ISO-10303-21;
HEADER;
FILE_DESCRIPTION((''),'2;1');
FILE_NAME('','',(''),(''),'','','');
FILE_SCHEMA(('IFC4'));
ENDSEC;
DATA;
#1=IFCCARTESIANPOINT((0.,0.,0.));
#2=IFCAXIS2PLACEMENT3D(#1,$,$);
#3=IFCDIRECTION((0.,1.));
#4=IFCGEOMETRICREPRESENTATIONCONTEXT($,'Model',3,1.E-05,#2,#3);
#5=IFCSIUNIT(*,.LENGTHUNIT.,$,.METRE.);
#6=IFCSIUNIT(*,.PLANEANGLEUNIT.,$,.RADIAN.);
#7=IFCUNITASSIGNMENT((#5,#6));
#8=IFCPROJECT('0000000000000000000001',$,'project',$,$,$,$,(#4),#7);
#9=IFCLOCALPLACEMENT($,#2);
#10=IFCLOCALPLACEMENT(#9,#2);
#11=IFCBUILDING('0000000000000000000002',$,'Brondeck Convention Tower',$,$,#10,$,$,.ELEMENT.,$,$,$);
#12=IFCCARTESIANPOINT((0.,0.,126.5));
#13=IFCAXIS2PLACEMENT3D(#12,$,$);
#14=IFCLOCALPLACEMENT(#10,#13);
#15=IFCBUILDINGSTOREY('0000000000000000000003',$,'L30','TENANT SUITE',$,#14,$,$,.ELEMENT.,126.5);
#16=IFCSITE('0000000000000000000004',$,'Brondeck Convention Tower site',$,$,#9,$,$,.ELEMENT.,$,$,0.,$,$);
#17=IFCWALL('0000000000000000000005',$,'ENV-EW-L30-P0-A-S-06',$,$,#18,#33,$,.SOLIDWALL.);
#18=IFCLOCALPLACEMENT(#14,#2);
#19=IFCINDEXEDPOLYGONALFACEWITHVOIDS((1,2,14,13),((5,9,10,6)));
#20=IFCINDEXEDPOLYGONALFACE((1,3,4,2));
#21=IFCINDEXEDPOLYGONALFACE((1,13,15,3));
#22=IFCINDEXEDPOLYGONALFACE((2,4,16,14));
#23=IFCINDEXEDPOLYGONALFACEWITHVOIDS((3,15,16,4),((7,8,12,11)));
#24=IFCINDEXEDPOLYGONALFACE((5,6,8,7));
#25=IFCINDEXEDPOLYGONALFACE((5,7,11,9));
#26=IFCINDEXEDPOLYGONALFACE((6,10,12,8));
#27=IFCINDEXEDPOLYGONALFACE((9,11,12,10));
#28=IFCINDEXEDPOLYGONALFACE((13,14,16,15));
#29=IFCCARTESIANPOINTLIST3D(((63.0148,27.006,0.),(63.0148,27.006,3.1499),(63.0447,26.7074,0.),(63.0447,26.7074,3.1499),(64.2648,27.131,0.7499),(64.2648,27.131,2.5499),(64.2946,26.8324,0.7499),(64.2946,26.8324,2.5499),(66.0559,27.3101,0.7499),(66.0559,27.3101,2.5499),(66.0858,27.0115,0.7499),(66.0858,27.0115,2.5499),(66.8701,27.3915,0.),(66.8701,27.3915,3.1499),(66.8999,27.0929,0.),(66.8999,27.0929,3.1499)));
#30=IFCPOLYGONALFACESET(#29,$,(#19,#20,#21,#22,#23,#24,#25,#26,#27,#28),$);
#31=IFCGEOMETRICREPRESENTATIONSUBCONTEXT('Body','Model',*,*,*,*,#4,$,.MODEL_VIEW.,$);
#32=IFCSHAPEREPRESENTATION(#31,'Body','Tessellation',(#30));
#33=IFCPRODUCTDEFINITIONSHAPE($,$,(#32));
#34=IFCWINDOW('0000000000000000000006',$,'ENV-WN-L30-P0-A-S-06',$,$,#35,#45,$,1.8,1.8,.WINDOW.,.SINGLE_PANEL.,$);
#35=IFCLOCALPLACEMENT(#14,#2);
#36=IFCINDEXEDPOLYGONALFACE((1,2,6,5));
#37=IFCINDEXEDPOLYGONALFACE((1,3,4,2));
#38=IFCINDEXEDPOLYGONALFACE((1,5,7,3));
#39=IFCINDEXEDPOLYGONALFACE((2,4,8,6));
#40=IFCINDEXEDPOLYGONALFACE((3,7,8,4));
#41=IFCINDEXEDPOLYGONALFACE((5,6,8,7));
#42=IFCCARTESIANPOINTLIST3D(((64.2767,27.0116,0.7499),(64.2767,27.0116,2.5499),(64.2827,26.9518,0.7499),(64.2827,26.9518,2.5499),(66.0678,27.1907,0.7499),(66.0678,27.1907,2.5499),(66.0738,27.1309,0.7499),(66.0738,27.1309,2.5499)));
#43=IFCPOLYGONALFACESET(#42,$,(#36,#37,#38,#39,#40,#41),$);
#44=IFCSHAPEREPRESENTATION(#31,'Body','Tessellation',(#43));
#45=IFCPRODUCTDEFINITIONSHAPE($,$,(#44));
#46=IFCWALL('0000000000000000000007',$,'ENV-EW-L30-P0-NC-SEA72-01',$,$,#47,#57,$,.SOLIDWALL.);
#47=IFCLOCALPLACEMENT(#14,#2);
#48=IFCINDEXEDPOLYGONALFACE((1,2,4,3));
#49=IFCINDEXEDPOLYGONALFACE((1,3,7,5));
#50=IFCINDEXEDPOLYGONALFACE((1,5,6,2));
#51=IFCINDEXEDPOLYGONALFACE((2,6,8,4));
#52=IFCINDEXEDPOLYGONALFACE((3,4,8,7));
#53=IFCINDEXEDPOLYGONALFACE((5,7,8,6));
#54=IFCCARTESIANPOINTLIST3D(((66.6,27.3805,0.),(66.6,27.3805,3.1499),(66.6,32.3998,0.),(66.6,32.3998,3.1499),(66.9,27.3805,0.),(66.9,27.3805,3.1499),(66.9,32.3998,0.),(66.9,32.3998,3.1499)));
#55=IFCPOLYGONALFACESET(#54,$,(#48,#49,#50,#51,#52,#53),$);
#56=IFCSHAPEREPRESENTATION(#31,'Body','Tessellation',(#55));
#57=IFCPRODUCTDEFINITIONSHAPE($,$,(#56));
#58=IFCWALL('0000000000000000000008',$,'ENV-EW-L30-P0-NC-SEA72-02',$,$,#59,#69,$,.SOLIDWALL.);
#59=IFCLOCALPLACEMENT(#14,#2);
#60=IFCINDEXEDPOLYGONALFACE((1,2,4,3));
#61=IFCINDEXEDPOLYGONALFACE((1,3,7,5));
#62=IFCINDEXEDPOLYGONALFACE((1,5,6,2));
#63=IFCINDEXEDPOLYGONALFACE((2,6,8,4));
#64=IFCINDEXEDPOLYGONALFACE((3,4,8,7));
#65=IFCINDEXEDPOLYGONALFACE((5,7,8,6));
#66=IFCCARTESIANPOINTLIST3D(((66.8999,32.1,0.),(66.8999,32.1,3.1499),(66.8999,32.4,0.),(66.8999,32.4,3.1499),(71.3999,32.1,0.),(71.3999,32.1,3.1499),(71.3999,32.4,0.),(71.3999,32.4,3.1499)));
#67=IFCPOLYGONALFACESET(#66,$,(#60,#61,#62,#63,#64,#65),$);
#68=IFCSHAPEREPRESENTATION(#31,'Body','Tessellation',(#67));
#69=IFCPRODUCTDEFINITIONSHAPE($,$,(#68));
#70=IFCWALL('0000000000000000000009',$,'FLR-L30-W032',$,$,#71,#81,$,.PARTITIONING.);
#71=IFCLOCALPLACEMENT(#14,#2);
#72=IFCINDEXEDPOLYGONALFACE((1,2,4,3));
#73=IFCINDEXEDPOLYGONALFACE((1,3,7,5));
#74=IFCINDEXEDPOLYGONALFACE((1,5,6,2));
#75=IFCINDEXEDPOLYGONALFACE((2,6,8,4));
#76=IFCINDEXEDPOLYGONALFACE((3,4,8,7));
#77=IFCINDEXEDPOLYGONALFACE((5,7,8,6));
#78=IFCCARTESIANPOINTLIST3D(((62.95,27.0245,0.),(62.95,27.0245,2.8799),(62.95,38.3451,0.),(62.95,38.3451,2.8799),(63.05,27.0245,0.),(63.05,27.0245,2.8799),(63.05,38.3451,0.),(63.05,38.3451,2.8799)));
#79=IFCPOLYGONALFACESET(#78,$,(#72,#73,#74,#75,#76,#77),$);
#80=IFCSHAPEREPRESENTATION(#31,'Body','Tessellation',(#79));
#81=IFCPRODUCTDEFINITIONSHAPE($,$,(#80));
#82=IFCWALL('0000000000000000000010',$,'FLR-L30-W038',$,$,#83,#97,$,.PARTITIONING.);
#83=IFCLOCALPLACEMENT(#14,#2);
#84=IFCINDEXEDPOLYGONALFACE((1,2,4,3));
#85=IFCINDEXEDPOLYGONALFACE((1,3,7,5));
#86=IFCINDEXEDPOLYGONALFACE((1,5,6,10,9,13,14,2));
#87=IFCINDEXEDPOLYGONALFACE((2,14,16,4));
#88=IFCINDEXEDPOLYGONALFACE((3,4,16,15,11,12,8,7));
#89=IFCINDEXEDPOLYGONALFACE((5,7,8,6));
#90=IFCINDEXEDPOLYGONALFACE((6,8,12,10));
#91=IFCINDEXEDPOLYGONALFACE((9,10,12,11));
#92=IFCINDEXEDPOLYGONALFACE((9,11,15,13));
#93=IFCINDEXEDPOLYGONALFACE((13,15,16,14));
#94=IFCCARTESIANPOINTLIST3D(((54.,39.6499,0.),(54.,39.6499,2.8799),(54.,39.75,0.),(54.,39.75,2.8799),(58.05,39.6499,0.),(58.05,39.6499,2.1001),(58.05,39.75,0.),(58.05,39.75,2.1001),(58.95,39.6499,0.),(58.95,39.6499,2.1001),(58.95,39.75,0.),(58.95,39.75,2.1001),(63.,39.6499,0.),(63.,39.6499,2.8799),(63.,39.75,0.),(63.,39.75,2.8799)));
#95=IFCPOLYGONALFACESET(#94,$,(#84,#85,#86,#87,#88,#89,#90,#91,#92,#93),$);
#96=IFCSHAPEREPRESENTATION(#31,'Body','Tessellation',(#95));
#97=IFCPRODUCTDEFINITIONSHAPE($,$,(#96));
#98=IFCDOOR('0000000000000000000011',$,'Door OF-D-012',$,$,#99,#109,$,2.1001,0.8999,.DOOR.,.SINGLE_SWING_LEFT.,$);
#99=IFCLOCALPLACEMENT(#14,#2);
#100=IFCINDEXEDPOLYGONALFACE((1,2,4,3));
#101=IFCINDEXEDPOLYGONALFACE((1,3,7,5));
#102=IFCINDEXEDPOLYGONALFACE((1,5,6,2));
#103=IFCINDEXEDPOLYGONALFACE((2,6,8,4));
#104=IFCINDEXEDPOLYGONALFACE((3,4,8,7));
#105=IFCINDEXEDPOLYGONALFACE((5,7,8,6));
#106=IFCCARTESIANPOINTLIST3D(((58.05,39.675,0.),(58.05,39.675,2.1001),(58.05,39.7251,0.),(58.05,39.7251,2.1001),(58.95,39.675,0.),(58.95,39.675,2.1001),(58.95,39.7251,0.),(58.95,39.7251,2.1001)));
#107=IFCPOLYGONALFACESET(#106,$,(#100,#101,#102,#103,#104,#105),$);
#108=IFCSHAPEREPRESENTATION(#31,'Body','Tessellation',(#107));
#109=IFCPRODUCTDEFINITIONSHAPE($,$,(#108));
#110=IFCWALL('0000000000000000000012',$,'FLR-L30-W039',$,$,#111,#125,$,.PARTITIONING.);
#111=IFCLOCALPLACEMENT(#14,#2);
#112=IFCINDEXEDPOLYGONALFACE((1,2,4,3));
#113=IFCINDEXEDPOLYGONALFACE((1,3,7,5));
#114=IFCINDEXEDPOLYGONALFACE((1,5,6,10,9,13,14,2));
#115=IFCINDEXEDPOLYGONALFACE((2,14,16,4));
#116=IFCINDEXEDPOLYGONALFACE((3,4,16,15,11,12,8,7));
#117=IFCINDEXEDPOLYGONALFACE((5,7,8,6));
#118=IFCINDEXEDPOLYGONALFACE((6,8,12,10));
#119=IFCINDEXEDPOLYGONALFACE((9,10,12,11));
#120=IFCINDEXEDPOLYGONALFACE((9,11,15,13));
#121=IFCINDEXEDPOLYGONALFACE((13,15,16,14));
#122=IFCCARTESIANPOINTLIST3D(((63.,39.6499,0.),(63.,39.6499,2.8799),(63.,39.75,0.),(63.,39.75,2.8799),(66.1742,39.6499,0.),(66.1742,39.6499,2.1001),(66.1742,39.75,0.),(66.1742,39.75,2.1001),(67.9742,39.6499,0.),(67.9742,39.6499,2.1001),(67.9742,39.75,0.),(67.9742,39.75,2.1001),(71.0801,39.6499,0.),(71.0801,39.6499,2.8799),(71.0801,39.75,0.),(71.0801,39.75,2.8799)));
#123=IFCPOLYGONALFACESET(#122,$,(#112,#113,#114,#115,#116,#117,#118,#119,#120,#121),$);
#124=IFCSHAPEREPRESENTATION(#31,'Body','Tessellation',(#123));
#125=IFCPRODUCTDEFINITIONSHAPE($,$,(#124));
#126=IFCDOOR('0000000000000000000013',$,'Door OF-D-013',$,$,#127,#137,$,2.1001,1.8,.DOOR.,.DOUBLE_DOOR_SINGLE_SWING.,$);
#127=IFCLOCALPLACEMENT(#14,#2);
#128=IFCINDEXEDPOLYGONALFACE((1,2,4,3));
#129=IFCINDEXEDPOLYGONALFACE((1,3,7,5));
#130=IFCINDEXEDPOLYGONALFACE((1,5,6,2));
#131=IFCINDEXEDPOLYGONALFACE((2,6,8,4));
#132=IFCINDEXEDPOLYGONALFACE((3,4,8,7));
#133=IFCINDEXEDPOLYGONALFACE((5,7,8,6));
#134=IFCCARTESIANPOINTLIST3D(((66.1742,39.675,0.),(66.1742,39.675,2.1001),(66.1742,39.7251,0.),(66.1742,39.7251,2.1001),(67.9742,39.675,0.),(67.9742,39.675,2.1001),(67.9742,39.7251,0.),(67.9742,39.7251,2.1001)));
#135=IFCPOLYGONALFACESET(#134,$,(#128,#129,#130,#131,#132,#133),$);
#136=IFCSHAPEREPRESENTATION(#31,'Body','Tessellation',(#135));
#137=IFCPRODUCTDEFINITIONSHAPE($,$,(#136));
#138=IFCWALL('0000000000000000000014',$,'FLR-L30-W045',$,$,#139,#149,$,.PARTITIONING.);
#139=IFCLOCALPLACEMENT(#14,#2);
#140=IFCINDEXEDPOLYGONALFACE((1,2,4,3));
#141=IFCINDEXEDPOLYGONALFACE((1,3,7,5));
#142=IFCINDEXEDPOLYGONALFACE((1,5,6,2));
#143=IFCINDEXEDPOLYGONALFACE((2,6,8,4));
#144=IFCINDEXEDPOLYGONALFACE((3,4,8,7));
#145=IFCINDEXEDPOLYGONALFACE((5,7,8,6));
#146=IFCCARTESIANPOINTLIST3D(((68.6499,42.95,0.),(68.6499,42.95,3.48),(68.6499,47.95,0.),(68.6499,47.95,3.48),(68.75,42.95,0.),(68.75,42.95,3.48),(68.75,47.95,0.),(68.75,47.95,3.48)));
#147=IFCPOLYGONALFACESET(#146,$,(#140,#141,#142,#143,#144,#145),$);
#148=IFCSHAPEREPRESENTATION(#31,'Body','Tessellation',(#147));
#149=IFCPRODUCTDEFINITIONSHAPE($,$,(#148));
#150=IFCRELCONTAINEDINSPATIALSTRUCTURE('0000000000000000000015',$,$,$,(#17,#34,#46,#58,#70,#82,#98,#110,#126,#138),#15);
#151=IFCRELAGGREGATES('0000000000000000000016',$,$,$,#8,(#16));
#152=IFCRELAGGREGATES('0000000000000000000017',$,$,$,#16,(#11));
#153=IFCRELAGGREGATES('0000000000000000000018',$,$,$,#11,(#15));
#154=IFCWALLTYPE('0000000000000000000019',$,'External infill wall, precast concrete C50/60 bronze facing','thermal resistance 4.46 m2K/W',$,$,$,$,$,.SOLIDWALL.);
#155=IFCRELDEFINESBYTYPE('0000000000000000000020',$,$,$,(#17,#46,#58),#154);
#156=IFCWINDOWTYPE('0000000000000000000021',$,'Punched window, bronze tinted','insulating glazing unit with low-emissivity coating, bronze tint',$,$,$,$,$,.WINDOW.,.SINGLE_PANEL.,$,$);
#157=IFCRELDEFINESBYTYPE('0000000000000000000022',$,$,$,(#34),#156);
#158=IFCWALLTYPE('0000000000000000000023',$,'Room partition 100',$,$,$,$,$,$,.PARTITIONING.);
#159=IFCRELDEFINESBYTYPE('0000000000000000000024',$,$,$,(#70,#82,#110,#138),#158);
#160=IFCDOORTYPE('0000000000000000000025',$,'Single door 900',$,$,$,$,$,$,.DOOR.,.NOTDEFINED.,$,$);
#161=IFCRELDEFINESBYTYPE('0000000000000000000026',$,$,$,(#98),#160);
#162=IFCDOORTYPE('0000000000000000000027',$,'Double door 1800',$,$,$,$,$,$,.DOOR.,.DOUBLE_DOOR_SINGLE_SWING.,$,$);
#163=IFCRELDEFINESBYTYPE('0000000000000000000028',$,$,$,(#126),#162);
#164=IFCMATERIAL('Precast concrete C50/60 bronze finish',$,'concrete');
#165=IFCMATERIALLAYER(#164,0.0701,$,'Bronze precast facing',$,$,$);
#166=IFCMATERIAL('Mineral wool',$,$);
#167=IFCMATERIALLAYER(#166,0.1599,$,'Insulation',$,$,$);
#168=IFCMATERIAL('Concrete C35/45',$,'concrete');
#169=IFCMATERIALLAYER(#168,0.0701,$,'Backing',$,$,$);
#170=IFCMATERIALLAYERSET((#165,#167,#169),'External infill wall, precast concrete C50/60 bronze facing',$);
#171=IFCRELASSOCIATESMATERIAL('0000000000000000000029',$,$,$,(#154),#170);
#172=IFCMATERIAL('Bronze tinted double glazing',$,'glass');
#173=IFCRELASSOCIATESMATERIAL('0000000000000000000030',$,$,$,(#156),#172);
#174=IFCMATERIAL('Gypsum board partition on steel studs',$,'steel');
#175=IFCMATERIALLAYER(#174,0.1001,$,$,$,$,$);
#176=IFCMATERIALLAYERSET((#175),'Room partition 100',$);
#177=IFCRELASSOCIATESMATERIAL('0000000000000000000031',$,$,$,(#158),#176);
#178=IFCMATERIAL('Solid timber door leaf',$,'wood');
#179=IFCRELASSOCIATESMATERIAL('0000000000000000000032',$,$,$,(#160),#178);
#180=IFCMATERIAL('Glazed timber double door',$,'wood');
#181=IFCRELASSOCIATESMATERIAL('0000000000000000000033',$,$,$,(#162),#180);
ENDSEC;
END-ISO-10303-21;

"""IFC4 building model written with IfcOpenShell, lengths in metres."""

from ifc_helpers import new_model, si_unit, direction, frame, frame_2d, origin, place, context, subcontext, project, spatial, rectangle, extrude, material, layer, layer_set, type_object, element, fill, save


model = new_model("IFC4")

# Units and contexts
model_context = context("Model", 3, precision=1e-05, world=origin(), true_north=direction((0.0, 1.0)))
body_context = subcontext(model_context, "Body", "Model", "MODEL_VIEW")
ifc_project = project(units=[si_unit("LENGTHUNIT", "METRE"), si_unit("PLANEANGLEUNIT", "RADIAN")], contexts=[model_context])

# Site, building, storey
site_placement = place(None, origin())
site = spatial("IfcSite", under=ifc_project, at=site_placement, Name="Brondeck Convention Tower site", CompositionType="ELEMENT", RefElevation=0.0)
building_placement = place(site_placement, origin())
building = spatial("IfcBuilding", under=site, at=building_placement, Name="Brondeck Convention Tower", CompositionType="ELEMENT")
storey_placement = place(building_placement, frame((0.0, 0.0, 126.5)))
storey = spatial("IfcBuildingStorey", under=building, at=storey_placement, Name="L30", Description="TENANT SUITE", CompositionType="ELEMENT", Elevation=126.5)

# Shared definitions
ifc_material_1 = material(Name="Precast concrete C50/60 bronze finish", Category="concrete")
ifc_layer_1 = layer(ifc_material_1, 0.0701, Name="Bronze precast facing")
ifc_material_2 = material(Name="Mineral wool")
ifc_layer_2 = layer(ifc_material_2, 0.1599, Name="Insulation")
ifc_material_3 = material(Name="Concrete C35/45", Category="concrete")
ifc_layer_3 = layer(ifc_material_3, 0.0701, Name="Backing")
ifc_layer_set_1 = layer_set([ifc_layer_1, ifc_layer_2, ifc_layer_3], Name="External infill wall, precast concrete C50/60 bronze facing")
wall_type_1 = type_object("IfcWallType", Name="External infill wall, precast concrete C50/60 bronze facing", Description="thermal resistance 4.46 m2K/W", PredefinedType="SOLIDWALL", material=ifc_layer_set_1)
ifc_material_4 = material(Name="Bronze tinted double glazing", Category="glass")
window_type_1 = type_object("IfcWindowType", Name="Punched window, bronze tinted", Description="insulating glazing unit with low-emissivity coating, bronze tint", PartitioningType="SINGLE_PANEL", PredefinedType="WINDOW", material=ifc_material_4)

# Wall, opening, window
wall_1_placement = place(storey_placement, frame((66.885, 27.2422, 0.0), z_axis=(0.0, 0.0, 1.0), x_axis=(-0.995038, -0.099497, 0.0)))
wall_1 = element("IfcWall", 1, at=wall_1_placement, inside=storey, type_object=wall_type_1, Name="ENV-EW-L30-P0-A-S-06", PredefinedType="SOLIDWALL", context=body_context, shape_type="SweptSolid", body=[
    extrude(rectangle(XDim=3.8745, YDim=0.3, at=frame_2d((1.9373, 0.0))), origin(), (0.0, 0.0, 1.0), 3.1499),
])
opening_1_placement = place(wall_1_placement, frame((0.8184, 0.0, 0.75)))
opening_1 = element("IfcOpeningElement", 2, at=opening_1_placement, cuts=wall_1, PredefinedType="OPENING", context=body_context, shape_type="SweptSolid", body=[
    extrude(rectangle(XDim=1.8, YDim=1.8, at=frame_2d((0.8999, 0.8999))), frame((0.0, 0.1599, 0.0), z_axis=(0.0, -1.0, 0.0), x_axis=(1.0, 0.0, 0.0)), (0.0, 0.0, 1.0), 0.3201),
])
window_1_placement = place(opening_1_placement, origin())
window_1 = element("IfcWindow", 3, at=window_1_placement, inside=storey, type_object=window_type_1, Name="ENV-WN-L30-P0-A-S-06", OverallHeight=1.8, OverallWidth=1.8, PartitioningType="SINGLE_PANEL", PredefinedType="WINDOW", context=body_context, shape_type="SweptSolid", body=[
    extrude(rectangle(XDim=1.8, YDim=1.8, at=frame_2d((0.8999, 0.8999))), frame((0.0, 0.03, 0.0), z_axis=(0.0, -1.0, 0.0), x_axis=(1.0, 0.0, 0.0)), (0.0, 0.0, 1.0), 0.0601),
])
fill(opening_1, window_1)

# Walls
wall_2_placement = place(storey_placement, frame((66.75, 32.3999, 0.0), z_axis=(0.0, 0.0, 1.0), x_axis=(0.0, -1.0, 0.0)))
element("IfcWall", 4, at=wall_2_placement, inside=storey, type_object=wall_type_1, Name="ENV-EW-L30-P0-NC-SEA72-01", PredefinedType="SOLIDWALL", context=body_context, shape_type="SweptSolid", body=[
    extrude(rectangle(XDim=5.0193, YDim=0.3, at=frame_2d((2.5098, 0.0))), origin(), (0.0, 0.0, 1.0), 3.1499),
])
wall_3_placement = place(storey_placement, frame((71.3999, 32.25, 0.0), z_axis=(0.0, 0.0, 1.0), x_axis=(-1.0, 0.0, 0.0)))
element("IfcWall", 5, at=wall_3_placement, inside=storey, type_object=wall_type_1, Name="ENV-EW-L30-P0-NC-SEA72-02", PredefinedType="SOLIDWALL", context=body_context, shape_type="SweptSolid", body=[
    extrude(rectangle(XDim=4.5, YDim=0.3, at=frame_2d((2.25, 0.0))), origin(), (0.0, 0.0, 1.0), 3.1499),
])
ifc_material_5 = material(Name="Gypsum board partition on steel studs", Category="steel")
ifc_layer_4 = layer(ifc_material_5, 0.1001)
ifc_layer_set_2 = layer_set([ifc_layer_4], Name="Room partition 100")
wall_type_2 = type_object("IfcWallType", Name="Room partition 100", PredefinedType="PARTITIONING", material=ifc_layer_set_2)
wall_4_placement = place(storey_placement, frame((63.0, 38.345, 0.0), z_axis=(0.0, 0.0, 1.0), x_axis=(0.0, -1.0, 0.0)))
element("IfcWall", 6, at=wall_4_placement, inside=storey, type_object=wall_type_2, Name="FLR-L30-W032", PredefinedType="PARTITIONING", context=body_context, shape_type="SweptSolid", body=[
    extrude(rectangle(XDim=11.3206, YDim=0.1001, at=frame_2d((5.6602, 0.0))), origin(), (0.0, 0.0, 1.0), 2.8799),
])

# Walls, openings, doors
wall_5_placement = place(storey_placement, frame((63.0, 39.7, 0.0), z_axis=(0.0, 0.0, 1.0), x_axis=(-1.0, 0.0, 0.0)))
wall_5 = element("IfcWall", 7, at=wall_5_placement, inside=storey, type_object=wall_type_2, Name="FLR-L30-W038", PredefinedType="PARTITIONING", context=body_context, shape_type="SweptSolid", body=[
    extrude(rectangle(XDim=9.0, YDim=0.1001, at=frame_2d((4.5, 0.0))), origin(), (0.0, 0.0, 1.0), 2.8799),
])
opening_2_placement = place(wall_5_placement, frame((4.05, 0.0, 0.0)))
opening_2 = element("IfcOpeningElement", 8, at=opening_2_placement, cuts=wall_5, PredefinedType="OPENING", context=body_context, shape_type="SweptSolid", body=[
    extrude(rectangle(XDim=0.8999, YDim=2.1001, at=frame_2d((0.45, 1.05))), frame((0.0, 0.0601, 0.0), z_axis=(0.0, -1.0, 0.0), x_axis=(1.0, 0.0, 0.0)), (0.0, 0.0, 1.0), 0.1201),
])
ifc_material_6 = material(Name="Solid timber door leaf", Category="wood")
door_type_1 = type_object("IfcDoorType", Name="Single door 900", OperationType="NOTDEFINED", PredefinedType="DOOR", material=ifc_material_6)
door_1_placement = place(opening_2_placement, origin())
door_1 = element("IfcDoor", 9, at=door_1_placement, inside=storey, type_object=door_type_1, Name="Door OF-D-012", OperationType="SINGLE_SWING_LEFT", OverallHeight=2.1001, OverallWidth=0.8999, PredefinedType="DOOR", context=body_context, shape_type="SweptSolid", body=[
    extrude(rectangle(XDim=0.8999, YDim=2.1001, at=frame_2d((0.45, 1.05))), frame((0.0, 0.0249, 0.0), z_axis=(0.0, -1.0, 0.0), x_axis=(1.0, 0.0, 0.0)), (0.0, 0.0, 1.0), 0.05),
])
fill(opening_2, door_1)
wall_6_placement = place(storey_placement, frame((71.0801, 39.7, 0.0), z_axis=(0.0, 0.0, 1.0), x_axis=(-1.0, 0.0, 0.0)))
wall_6 = element("IfcWall", 10, at=wall_6_placement, inside=storey, type_object=wall_type_2, Name="FLR-L30-W039", PredefinedType="PARTITIONING", context=body_context, shape_type="SweptSolid", body=[
    extrude(rectangle(XDim=8.0801, YDim=0.1001, at=frame_2d((4.04, 0.0))), origin(), (0.0, 0.0, 1.0), 2.8799),
])
opening_3_placement = place(wall_6_placement, frame((3.106, 0.0, 0.0)))
opening_3 = element("IfcOpeningElement", 11, at=opening_3_placement, cuts=wall_6, PredefinedType="OPENING", context=body_context, shape_type="SweptSolid", body=[
    extrude(rectangle(XDim=1.8, YDim=2.1001, at=frame_2d((0.8999, 1.05))), frame((0.0, 0.0601, 0.0), z_axis=(0.0, -1.0, 0.0), x_axis=(1.0, 0.0, 0.0)), (0.0, 0.0, 1.0), 0.1201),
])
ifc_material_7 = material(Name="Glazed timber double door", Category="wood")
door_type_2 = type_object("IfcDoorType", Name="Double door 1800", OperationType="DOUBLE_DOOR_SINGLE_SWING", PredefinedType="DOOR", material=ifc_material_7)
door_2_placement = place(opening_3_placement, origin())
door_2 = element("IfcDoor", 12, at=door_2_placement, inside=storey, type_object=door_type_2, Name="Door OF-D-013", OperationType="DOUBLE_DOOR_SINGLE_SWING", OverallHeight=2.1001, OverallWidth=1.8, PredefinedType="DOOR", context=body_context, shape_type="SweptSolid", body=[
    extrude(rectangle(XDim=1.8, YDim=2.1001, at=frame_2d((0.8999, 1.05))), frame((0.0, 0.0249, 0.0), z_axis=(0.0, -1.0, 0.0), x_axis=(1.0, 0.0, 0.0)), (0.0, 0.0, 1.0), 0.05),
])
fill(opening_3, door_2)

# Wall
wall_7_placement = place(storey_placement, frame((68.7, 42.95, 0.0), z_axis=(0.0, 0.0, 1.0), x_axis=(0.0, 1.0, 0.0)))
element("IfcWall", 13, at=wall_7_placement, inside=storey, type_object=wall_type_2, Name="FLR-L30-W045", PredefinedType="PARTITIONING", context=body_context, shape_type="SweptSolid", body=[
    extrude(rectangle(XDim=5.0, YDim=0.1001, at=frame_2d((2.5, 0.0))), origin(), (0.0, 0.0, 1.0), 3.48),
])

save(model, "model.ifc")
